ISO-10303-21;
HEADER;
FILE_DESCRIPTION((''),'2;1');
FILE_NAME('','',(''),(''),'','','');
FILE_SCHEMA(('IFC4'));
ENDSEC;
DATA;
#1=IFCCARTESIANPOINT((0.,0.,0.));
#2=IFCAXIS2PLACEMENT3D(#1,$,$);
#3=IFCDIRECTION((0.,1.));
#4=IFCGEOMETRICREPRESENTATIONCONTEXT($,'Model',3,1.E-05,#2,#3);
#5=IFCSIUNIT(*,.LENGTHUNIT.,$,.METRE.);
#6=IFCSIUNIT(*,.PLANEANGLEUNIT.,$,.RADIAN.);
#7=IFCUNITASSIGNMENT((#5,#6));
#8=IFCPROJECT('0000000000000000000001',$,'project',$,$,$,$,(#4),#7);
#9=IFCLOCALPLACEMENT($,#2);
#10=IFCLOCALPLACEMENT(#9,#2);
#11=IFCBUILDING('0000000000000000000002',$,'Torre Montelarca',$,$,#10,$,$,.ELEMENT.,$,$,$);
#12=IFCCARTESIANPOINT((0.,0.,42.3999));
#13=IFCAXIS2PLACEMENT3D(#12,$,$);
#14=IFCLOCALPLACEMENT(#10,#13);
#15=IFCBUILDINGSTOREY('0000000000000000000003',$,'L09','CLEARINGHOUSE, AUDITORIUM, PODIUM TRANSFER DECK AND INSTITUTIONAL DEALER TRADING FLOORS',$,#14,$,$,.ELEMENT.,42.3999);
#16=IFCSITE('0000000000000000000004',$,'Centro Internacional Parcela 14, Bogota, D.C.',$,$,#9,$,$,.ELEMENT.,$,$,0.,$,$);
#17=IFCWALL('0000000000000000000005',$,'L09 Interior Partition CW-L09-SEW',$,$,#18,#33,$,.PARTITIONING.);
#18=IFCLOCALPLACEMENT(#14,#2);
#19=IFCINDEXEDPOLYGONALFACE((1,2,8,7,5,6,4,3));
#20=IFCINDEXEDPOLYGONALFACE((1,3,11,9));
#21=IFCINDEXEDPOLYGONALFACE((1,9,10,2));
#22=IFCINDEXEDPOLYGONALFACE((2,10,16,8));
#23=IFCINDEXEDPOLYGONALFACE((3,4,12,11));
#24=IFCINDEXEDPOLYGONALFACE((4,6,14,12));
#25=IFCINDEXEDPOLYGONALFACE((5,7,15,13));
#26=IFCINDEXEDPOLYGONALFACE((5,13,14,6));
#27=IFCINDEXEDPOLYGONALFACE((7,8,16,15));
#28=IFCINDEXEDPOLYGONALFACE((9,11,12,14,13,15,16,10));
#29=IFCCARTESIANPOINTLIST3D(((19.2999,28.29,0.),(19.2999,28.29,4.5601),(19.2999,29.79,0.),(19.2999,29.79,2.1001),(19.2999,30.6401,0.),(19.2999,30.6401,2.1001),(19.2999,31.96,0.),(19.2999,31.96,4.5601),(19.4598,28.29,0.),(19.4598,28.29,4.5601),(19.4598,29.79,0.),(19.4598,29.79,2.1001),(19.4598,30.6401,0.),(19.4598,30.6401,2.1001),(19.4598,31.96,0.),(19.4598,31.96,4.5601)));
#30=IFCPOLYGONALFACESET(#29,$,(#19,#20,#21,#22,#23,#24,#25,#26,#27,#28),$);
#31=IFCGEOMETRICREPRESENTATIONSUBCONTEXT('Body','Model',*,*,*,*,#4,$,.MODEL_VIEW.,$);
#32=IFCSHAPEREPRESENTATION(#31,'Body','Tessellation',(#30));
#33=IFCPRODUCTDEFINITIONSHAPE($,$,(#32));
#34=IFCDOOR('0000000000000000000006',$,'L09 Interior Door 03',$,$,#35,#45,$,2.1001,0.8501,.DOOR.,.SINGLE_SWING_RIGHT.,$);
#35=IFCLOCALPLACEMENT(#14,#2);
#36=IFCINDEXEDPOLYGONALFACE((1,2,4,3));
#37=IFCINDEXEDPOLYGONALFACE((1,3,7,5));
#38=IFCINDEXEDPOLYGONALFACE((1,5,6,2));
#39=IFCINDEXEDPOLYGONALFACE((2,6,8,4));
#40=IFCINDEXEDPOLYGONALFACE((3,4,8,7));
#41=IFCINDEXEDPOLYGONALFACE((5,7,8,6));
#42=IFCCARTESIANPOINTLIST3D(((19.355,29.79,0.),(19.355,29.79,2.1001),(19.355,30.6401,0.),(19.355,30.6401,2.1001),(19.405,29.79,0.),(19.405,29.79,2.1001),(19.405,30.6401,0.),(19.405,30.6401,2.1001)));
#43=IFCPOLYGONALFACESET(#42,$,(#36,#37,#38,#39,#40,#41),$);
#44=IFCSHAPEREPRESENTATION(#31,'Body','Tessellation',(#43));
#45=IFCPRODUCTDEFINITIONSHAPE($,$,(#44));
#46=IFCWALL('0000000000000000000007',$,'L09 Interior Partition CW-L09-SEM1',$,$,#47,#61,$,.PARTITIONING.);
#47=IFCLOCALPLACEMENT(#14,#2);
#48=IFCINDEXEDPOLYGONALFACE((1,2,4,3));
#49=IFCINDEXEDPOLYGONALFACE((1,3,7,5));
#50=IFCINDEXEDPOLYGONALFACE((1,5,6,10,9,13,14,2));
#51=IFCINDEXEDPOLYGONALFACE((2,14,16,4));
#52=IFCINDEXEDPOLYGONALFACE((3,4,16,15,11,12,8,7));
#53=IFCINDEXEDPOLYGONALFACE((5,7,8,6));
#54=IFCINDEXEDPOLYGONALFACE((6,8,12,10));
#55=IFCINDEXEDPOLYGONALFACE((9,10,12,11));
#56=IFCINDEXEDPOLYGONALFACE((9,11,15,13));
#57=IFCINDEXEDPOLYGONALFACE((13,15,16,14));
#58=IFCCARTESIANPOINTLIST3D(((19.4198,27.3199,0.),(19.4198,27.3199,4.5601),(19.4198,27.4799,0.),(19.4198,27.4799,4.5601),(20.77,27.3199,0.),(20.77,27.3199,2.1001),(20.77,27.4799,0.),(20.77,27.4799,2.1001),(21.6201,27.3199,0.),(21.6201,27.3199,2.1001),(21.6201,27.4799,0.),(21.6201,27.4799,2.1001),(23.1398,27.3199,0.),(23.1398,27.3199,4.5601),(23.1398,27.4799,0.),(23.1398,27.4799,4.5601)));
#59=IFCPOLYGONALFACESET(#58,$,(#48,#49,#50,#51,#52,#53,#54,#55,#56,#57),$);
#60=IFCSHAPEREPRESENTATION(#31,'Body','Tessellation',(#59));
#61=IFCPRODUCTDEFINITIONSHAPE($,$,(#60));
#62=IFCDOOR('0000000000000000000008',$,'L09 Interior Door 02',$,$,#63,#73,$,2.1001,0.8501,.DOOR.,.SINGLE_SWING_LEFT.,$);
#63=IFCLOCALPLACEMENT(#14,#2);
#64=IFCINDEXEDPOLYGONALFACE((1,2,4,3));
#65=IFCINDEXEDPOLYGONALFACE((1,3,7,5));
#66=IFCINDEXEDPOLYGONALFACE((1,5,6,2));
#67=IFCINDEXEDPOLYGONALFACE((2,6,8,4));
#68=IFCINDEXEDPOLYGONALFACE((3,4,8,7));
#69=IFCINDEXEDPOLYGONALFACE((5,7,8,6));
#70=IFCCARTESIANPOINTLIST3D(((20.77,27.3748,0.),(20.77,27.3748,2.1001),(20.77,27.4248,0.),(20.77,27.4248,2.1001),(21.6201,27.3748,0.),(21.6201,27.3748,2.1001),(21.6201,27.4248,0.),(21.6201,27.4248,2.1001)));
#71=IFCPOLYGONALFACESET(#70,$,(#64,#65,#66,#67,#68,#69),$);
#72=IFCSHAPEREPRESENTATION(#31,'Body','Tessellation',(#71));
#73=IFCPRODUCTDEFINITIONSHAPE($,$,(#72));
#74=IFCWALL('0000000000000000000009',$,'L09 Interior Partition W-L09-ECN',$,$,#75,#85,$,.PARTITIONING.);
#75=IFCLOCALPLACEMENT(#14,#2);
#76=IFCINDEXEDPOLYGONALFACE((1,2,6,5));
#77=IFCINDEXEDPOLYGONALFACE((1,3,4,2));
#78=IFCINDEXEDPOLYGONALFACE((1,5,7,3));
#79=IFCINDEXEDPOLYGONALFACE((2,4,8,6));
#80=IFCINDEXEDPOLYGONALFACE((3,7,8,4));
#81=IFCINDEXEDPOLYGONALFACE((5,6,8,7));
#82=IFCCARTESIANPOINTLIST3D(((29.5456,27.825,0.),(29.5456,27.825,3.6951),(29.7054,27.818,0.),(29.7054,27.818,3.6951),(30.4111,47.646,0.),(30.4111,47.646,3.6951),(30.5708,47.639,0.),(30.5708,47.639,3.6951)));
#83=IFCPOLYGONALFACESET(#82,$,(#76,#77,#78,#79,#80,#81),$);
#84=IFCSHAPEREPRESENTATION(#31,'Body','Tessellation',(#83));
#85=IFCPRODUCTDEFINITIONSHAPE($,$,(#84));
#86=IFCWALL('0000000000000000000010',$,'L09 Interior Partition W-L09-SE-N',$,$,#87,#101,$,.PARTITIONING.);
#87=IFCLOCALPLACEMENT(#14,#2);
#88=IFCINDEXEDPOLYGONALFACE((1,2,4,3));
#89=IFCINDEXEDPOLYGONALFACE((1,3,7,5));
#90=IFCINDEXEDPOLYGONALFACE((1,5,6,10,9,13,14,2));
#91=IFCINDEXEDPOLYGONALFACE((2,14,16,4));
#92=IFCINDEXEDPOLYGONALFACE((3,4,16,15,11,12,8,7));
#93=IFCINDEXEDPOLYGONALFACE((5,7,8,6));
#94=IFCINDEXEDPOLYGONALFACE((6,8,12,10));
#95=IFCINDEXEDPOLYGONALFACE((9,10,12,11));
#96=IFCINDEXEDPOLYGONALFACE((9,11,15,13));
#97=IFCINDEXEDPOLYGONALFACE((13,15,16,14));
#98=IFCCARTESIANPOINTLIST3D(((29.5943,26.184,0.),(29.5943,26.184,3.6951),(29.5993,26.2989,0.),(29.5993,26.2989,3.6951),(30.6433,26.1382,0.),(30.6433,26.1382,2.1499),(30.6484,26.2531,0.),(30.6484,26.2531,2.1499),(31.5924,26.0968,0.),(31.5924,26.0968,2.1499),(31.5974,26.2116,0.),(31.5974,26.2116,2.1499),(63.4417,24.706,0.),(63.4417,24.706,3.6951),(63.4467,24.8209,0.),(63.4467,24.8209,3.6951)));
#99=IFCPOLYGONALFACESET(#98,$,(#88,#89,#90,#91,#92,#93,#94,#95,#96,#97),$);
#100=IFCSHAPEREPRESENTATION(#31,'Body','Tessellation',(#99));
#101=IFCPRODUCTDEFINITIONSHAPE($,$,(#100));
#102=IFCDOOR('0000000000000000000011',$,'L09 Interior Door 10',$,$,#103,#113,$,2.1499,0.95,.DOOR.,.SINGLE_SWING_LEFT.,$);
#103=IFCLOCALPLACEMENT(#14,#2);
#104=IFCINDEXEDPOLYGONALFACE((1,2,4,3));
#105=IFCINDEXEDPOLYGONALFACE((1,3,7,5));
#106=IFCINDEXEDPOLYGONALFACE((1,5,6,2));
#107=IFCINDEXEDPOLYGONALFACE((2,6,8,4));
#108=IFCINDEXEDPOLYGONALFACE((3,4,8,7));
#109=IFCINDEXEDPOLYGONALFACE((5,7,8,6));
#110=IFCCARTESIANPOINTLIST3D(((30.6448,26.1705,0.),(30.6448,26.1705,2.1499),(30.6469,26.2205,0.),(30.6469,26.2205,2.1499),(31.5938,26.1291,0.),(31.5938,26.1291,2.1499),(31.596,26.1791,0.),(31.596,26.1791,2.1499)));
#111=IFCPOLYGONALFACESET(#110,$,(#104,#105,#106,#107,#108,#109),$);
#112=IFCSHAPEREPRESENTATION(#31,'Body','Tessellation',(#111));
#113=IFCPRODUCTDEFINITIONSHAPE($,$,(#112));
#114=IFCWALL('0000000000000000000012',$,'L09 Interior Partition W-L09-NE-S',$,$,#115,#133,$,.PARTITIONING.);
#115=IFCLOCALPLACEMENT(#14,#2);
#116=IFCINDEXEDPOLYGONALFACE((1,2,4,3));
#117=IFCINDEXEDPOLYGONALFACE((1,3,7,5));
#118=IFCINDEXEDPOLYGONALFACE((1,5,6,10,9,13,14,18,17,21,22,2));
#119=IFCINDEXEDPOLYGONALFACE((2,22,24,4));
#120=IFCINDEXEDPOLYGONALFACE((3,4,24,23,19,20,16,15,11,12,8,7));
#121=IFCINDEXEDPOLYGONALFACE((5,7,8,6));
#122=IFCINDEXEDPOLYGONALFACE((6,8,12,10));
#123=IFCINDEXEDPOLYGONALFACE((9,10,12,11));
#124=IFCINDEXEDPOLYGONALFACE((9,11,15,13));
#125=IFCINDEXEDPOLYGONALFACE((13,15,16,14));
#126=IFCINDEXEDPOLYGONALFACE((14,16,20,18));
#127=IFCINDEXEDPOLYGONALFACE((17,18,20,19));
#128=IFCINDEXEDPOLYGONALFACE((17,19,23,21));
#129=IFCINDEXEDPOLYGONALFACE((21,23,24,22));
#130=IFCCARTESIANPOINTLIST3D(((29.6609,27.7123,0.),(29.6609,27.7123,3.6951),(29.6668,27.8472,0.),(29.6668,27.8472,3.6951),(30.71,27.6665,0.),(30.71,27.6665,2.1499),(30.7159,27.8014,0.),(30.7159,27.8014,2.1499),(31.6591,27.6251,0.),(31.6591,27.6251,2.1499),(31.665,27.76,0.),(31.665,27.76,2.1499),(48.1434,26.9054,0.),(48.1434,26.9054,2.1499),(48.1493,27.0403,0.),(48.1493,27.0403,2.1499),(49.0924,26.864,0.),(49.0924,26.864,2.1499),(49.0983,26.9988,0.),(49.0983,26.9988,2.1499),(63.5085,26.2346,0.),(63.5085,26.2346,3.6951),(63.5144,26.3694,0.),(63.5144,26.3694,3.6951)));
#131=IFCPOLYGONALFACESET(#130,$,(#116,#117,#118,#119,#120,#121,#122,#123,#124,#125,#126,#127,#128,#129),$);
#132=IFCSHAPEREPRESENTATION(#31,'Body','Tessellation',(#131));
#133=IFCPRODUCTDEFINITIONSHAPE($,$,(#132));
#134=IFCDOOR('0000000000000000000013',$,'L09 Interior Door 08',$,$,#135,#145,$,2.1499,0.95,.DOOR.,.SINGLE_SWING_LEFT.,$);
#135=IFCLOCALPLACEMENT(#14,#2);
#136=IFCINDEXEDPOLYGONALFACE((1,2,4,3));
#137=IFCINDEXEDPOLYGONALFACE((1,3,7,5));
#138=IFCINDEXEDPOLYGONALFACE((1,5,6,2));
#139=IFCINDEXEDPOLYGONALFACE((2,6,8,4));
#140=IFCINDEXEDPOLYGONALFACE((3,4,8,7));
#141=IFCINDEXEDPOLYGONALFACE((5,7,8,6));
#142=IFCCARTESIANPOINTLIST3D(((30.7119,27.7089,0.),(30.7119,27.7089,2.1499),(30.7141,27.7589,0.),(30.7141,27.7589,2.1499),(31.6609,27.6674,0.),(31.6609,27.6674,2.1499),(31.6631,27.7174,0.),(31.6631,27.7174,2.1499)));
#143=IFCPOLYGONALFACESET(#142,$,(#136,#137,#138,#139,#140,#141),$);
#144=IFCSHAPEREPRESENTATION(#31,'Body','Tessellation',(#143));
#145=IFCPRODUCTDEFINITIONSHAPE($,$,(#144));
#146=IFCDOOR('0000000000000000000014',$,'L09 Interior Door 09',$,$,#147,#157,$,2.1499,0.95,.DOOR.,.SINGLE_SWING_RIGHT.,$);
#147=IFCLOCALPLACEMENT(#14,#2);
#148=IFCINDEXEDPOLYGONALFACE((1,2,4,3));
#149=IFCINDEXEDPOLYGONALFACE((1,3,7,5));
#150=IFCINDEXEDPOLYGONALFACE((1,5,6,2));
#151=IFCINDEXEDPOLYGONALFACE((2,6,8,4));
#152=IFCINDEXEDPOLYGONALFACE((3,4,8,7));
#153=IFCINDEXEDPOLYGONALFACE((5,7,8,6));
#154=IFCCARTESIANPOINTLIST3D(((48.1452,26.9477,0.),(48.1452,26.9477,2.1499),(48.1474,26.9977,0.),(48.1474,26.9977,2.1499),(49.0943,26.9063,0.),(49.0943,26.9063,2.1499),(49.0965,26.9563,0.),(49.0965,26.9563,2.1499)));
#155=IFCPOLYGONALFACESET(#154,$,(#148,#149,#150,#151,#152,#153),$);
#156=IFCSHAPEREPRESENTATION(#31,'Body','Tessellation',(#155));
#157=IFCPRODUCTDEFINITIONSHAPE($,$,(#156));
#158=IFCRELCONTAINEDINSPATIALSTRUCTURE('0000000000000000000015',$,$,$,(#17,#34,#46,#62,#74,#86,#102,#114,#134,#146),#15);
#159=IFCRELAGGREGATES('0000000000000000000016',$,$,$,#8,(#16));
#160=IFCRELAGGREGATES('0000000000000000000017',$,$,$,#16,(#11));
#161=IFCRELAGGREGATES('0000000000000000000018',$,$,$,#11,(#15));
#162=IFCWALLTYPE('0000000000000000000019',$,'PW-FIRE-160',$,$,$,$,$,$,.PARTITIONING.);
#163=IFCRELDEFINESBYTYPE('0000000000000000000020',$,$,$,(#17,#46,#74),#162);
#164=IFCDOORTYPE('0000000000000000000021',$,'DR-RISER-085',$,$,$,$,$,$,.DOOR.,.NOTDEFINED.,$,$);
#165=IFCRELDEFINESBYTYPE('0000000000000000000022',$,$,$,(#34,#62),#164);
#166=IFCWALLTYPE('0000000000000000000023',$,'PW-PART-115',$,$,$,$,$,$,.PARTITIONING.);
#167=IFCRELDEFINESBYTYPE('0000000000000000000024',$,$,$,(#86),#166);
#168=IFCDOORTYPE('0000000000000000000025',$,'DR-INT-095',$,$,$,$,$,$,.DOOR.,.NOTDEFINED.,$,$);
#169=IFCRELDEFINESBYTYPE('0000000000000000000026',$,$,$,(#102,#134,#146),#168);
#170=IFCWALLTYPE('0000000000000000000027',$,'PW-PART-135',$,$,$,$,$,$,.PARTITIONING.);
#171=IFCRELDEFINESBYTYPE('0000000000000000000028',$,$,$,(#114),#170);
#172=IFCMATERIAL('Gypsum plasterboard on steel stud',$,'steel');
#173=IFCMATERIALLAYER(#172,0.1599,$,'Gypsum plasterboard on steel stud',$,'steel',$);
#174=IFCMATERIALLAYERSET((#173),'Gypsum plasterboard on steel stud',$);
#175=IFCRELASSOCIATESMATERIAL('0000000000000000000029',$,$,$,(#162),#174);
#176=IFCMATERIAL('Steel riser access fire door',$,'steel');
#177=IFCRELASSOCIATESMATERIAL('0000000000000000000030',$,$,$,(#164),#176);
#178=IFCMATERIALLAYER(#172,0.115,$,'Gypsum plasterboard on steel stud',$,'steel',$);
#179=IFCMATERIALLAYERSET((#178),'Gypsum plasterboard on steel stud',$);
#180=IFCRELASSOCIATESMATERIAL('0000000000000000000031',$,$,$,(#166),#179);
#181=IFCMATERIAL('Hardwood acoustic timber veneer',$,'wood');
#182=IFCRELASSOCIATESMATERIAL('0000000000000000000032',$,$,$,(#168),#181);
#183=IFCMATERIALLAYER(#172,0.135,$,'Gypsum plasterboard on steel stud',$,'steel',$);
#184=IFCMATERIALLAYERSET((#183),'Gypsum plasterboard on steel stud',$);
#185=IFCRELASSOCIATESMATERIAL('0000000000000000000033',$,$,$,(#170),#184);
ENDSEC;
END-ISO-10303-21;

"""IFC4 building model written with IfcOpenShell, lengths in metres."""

from ifc_helpers import new_model, si_unit, direction, frame, frame_2d, origin, place, context, subcontext, project, spatial, rectangle, extrude, source, transform, mapped, material, layer, layer_set, type_object, element, fill, save


model = new_model("IFC4")

# Units and contexts
model_context = context("Model", 3, precision=1e-05, world=origin(), true_north=direction((0.0, 1.0)))
body_context = subcontext(model_context, "Body", "Model", "MODEL_VIEW")
ifc_project = project(units=[si_unit("LENGTHUNIT", "METRE"), si_unit("PLANEANGLEUNIT", "RADIAN")], contexts=[model_context])

# Site, building, storey
site_placement = place(None, origin())
site = spatial("IfcSite", under=ifc_project, at=site_placement, Name="Centro Internacional Parcela 14, Bogota, D.C.", CompositionType="ELEMENT", RefElevation=0.0)
building_placement = place(site_placement, origin())
building = spatial("IfcBuilding", under=site, at=building_placement, Name="Torre Montelarca", CompositionType="ELEMENT")
storey_placement = place(building_placement, frame((0.0, 0.0, 42.3999)))
storey = spatial("IfcBuildingStorey", under=building, at=storey_placement, Name="L09", Description="CLEARINGHOUSE, AUDITORIUM, PODIUM TRANSFER DECK AND INSTITUTIONAL DEALER TRADING FLOORS", CompositionType="ELEMENT", Elevation=42.3999)

# Shared definitions
ifc_material_1 = material(Name="Gypsum plasterboard on steel stud", Category="steel")
ifc_layer_1 = layer(ifc_material_1, 0.1599, Name="Gypsum plasterboard on steel stud", Category="steel")
ifc_layer_set_1 = layer_set([ifc_layer_1], Name="Gypsum plasterboard on steel stud")
wall_type_1 = type_object("IfcWallType", Name="PW-FIRE-160", PredefinedType="PARTITIONING", material=ifc_layer_set_1)

# Walls, openings, doors
wall_1_placement = place(storey_placement, frame((19.3799, 28.29, 0.0), z_axis=(0.0, 0.0, 1.0), x_axis=(0.0, 1.0, 0.0)))
wall_1 = element("IfcWall", 1, at=wall_1_placement, inside=storey, type_object=wall_type_1, Name="L09 Interior Partition CW-L09-SEW", PredefinedType="PARTITIONING", context=body_context, shape_type="SweptSolid", body=[
    extrude(rectangle(XDim=3.6699, YDim=0.1599, at=frame_2d((1.835, 0.0))), origin(), (0.0, 0.0, 1.0), 4.5601),
])
opening_1_placement = place(wall_1_placement, frame((1.5, 0.0, 0.0)))
opening_1 = element("IfcOpeningElement", 2, at=opening_1_placement, cuts=wall_1, PredefinedType="OPENING", context=body_context, shape_type="SweptSolid", body=[
    extrude(rectangle(XDim=0.8501, YDim=2.1001, at=frame_2d((0.425, 1.05))), frame((0.0, 0.0898, 0.0), z_axis=(0.0, -1.0, 0.0), x_axis=(1.0, 0.0, 0.0)), (0.0, 0.0, 1.0), 0.1799),
])
ifc_material_2 = material(Name="Steel riser access fire door", Category="steel")
door_type_1 = type_object("IfcDoorType", Name="DR-RISER-085", OperationType="NOTDEFINED", PredefinedType="DOOR", material=ifc_material_2)
shared_shape_1 = source(origin(), body_context, "Body", "SweptSolid", [
    extrude(rectangle(XDim=0.8501, YDim=2.1001, at=frame_2d((0.425, 1.05))), frame((0.0, 0.0249, 0.0), z_axis=(0.0, -1.0, 0.0), x_axis=(1.0, 0.0, 0.0)), (0.0, 0.0, 1.0), 0.05),
])
door_1_placement = place(opening_1_placement, origin())
door_1 = element("IfcDoor", 3, at=door_1_placement, inside=storey, type_object=door_type_1, Name="L09 Interior Door 03", OperationType="SINGLE_SWING_RIGHT", OverallHeight=2.1001, OverallWidth=0.8501, PredefinedType="DOOR", context=body_context, shape_type="MappedRepresentation", body=[
    mapped(shared_shape_1, transform((0.0, 0.0, 0.0), scale=1.0)),
])
fill(opening_1, door_1)
wall_2_placement = place(storey_placement, frame((19.4199, 27.3999, 0.0), z_axis=(0.0, 0.0, 1.0), x_axis=(1.0, 0.0, 0.0)))
wall_2 = element("IfcWall", 4, at=wall_2_placement, inside=storey, type_object=wall_type_1, Name="L09 Interior Partition CW-L09-SEM1", PredefinedType="PARTITIONING", context=body_context, shape_type="SweptSolid", body=[
    extrude(rectangle(XDim=3.72, YDim=0.1599, at=frame_2d((1.8599, 0.0))), origin(), (0.0, 0.0, 1.0), 4.5601),
])
opening_2_placement = place(wall_2_placement, frame((1.3501, 0.0, 0.0)))
opening_2 = element("IfcOpeningElement", 5, at=opening_2_placement, cuts=wall_2, PredefinedType="OPENING", context=body_context, shape_type="SweptSolid", body=[
    extrude(rectangle(XDim=0.8501, YDim=2.1001, at=frame_2d((0.425, 1.05))), frame((0.0, 0.0898, 0.0), z_axis=(0.0, -1.0, 0.0), x_axis=(1.0, 0.0, 0.0)), (0.0, 0.0, 1.0), 0.1799),
])
door_2_placement = place(opening_2_placement, origin())
door_2 = element("IfcDoor", 6, at=door_2_placement, inside=storey, type_object=door_type_1, Name="L09 Interior Door 02", OperationType="SINGLE_SWING_LEFT", OverallHeight=2.1001, OverallWidth=0.8501, PredefinedType="DOOR", context=body_context, shape_type="MappedRepresentation", body=[
    mapped(shared_shape_1, transform((0.0, 0.0, 0.0), scale=1.0)),
])
fill(opening_2, door_2)

# Wall
wall_3_placement = place(storey_placement, frame((29.6255, 27.8215, 0.0), z_axis=(0.0, 0.0, 1.0), x_axis=(0.043623, 0.999048, 0.0)))
element("IfcWall", 7, at=wall_3_placement, inside=storey, type_object=wall_type_1, Name="L09 Interior Partition W-L09-ECN", PredefinedType="PARTITIONING", context=body_context, shape_type="SweptSolid", body=[
    extrude(rectangle(XDim=19.8398, YDim=0.1599, at=frame_2d((9.9199, 0.0))), origin(), (0.0, 0.0, 1.0), 3.6951),
])

# Wall, opening, door
ifc_layer_2 = layer(ifc_material_1, 0.115, Name="Gypsum plasterboard on steel stud", Category="steel")
ifc_layer_set_2 = layer_set([ifc_layer_2], Name="Gypsum plasterboard on steel stud")
wall_type_2 = type_object("IfcWallType", Name="PW-PART-115", PredefinedType="PARTITIONING", material=ifc_layer_set_2)
wall_4_placement = place(storey_placement, frame((29.5967, 26.2415, 0.0), z_axis=(0.0, 0.0, 1.0), x_axis=(0.999048, -0.043626, 0.0)))
wall_4 = element("IfcWall", 8, at=wall_4_placement, inside=storey, type_object=wall_type_2, Name="L09 Interior Partition W-L09-SE-N", PredefinedType="PARTITIONING", context=body_context, shape_type="SweptSolid", body=[
    extrude(rectangle(XDim=33.8796, YDim=0.115, at=frame_2d((16.9399, 0.0))), origin(), (0.0, 0.0, 1.0), 3.6951),
])
opening_3_placement = place(wall_4_placement, frame((1.05, 0.0, 0.0)))
opening_3 = element("IfcOpeningElement", 9, at=opening_3_placement, cuts=wall_4, PredefinedType="OPENING", context=body_context, shape_type="SweptSolid", body=[
    extrude(rectangle(XDim=0.95, YDim=2.1499, at=frame_2d((0.4751, 1.075))), frame((0.0, 0.0674, 0.0), z_axis=(0.0, -1.0, 0.0), x_axis=(1.0, 0.0, 0.0)), (0.0, 0.0, 1.0), 0.135),
])
ifc_material_3 = material(Name="Hardwood acoustic timber veneer", Category="wood")
door_type_2 = type_object("IfcDoorType", Name="DR-INT-095", OperationType="NOTDEFINED", PredefinedType="DOOR", material=ifc_material_3)
shared_shape_2 = source(origin(), body_context, "Body", "SweptSolid", [
    extrude(rectangle(XDim=0.95, YDim=2.1499, at=frame_2d((0.4751, 1.075))), frame((0.0, 0.0249, 0.0), z_axis=(0.0, -1.0, 0.0), x_axis=(1.0, 0.0, 0.0)), (0.0, 0.0, 1.0), 0.05),
])
door_3_placement = place(opening_3_placement, origin())
door_3 = element("IfcDoor", 10, at=door_3_placement, inside=storey, type_object=door_type_2, Name="L09 Interior Door 10", OperationType="SINGLE_SWING_LEFT", OverallHeight=2.1499, OverallWidth=0.95, PredefinedType="DOOR", context=body_context, shape_type="MappedRepresentation", body=[
    mapped(shared_shape_2, transform((0.0, 0.0, 0.0), scale=1.0)),
])
fill(opening_3, door_3)

# Wall, openings, doors
ifc_layer_3 = layer(ifc_material_1, 0.135, Name="Gypsum plasterboard on steel stud", Category="steel")
ifc_layer_set_3 = layer_set([ifc_layer_3], Name="Gypsum plasterboard on steel stud")
wall_type_3 = type_object("IfcWallType", Name="PW-PART-135", PredefinedType="PARTITIONING", material=ifc_layer_set_3)
wall_5_placement = place(storey_placement, frame((29.6638, 27.7798, 0.0), z_axis=(0.0, 0.0, 1.0), x_axis=(0.999048, -0.043618, 0.0)))
wall_5 = element("IfcWall", 11, at=wall_5_placement, inside=storey, type_object=wall_type_3, Name="L09 Interior Partition W-L09-NE-S", PredefinedType="PARTITIONING", context=body_context, shape_type="SweptSolid", body=[
    extrude(rectangle(XDim=33.8799, YDim=0.135, at=frame_2d((16.9399, 0.0))), origin(), (0.0, 0.0, 1.0), 3.6951),
])
opening_4_placement = place(wall_5_placement, frame((1.05, 0.0, 0.0)))
opening_4 = element("IfcOpeningElement", 12, at=opening_4_placement, cuts=wall_5, PredefinedType="OPENING", context=body_context, shape_type="SweptSolid", body=[
    extrude(rectangle(XDim=0.95, YDim=2.1499, at=frame_2d((0.4751, 1.075))), frame((0.0, 0.0776, 0.0), z_axis=(0.0, -1.0, 0.0), x_axis=(1.0, 0.0, 0.0)), (0.0, 0.0, 1.0), 0.155),
])
opening_5_placement = place(wall_5_placement, frame((18.5, 0.0, 0.0)))
opening_5 = element("IfcOpeningElement", 13, at=opening_5_placement, cuts=wall_5, PredefinedType="OPENING", context=body_context, shape_type="SweptSolid", body=[
    extrude(rectangle(XDim=0.95, YDim=2.1499, at=frame_2d((0.4751, 1.075))), frame((0.0, 0.0776, 0.0), z_axis=(0.0, -1.0, 0.0), x_axis=(1.0, 0.0, 0.0)), (0.0, 0.0, 1.0), 0.155),
])
door_4_placement = place(opening_4_placement, origin())
door_4 = element("IfcDoor", 14, at=door_4_placement, inside=storey, type_object=door_type_2, Name="L09 Interior Door 08", OperationType="SINGLE_SWING_LEFT", OverallHeight=2.1499, OverallWidth=0.95, PredefinedType="DOOR", context=body_context, shape_type="MappedRepresentation", body=[
    mapped(shared_shape_2, transform((0.0, 0.0, 0.0), scale=1.0)),
])
fill(opening_4, door_4)
door_5_placement = place(opening_5_placement, origin())
door_5 = element("IfcDoor", 15, at=door_5_placement, inside=storey, type_object=door_type_2, Name="L09 Interior Door 09", OperationType="SINGLE_SWING_RIGHT", OverallHeight=2.1499, OverallWidth=0.95, PredefinedType="DOOR", context=body_context, shape_type="MappedRepresentation", body=[
    mapped(shared_shape_2, transform((0.0, 0.0, 0.0), scale=1.0)),
])
fill(opening_5, door_5)

save(model, "model.ifc")
